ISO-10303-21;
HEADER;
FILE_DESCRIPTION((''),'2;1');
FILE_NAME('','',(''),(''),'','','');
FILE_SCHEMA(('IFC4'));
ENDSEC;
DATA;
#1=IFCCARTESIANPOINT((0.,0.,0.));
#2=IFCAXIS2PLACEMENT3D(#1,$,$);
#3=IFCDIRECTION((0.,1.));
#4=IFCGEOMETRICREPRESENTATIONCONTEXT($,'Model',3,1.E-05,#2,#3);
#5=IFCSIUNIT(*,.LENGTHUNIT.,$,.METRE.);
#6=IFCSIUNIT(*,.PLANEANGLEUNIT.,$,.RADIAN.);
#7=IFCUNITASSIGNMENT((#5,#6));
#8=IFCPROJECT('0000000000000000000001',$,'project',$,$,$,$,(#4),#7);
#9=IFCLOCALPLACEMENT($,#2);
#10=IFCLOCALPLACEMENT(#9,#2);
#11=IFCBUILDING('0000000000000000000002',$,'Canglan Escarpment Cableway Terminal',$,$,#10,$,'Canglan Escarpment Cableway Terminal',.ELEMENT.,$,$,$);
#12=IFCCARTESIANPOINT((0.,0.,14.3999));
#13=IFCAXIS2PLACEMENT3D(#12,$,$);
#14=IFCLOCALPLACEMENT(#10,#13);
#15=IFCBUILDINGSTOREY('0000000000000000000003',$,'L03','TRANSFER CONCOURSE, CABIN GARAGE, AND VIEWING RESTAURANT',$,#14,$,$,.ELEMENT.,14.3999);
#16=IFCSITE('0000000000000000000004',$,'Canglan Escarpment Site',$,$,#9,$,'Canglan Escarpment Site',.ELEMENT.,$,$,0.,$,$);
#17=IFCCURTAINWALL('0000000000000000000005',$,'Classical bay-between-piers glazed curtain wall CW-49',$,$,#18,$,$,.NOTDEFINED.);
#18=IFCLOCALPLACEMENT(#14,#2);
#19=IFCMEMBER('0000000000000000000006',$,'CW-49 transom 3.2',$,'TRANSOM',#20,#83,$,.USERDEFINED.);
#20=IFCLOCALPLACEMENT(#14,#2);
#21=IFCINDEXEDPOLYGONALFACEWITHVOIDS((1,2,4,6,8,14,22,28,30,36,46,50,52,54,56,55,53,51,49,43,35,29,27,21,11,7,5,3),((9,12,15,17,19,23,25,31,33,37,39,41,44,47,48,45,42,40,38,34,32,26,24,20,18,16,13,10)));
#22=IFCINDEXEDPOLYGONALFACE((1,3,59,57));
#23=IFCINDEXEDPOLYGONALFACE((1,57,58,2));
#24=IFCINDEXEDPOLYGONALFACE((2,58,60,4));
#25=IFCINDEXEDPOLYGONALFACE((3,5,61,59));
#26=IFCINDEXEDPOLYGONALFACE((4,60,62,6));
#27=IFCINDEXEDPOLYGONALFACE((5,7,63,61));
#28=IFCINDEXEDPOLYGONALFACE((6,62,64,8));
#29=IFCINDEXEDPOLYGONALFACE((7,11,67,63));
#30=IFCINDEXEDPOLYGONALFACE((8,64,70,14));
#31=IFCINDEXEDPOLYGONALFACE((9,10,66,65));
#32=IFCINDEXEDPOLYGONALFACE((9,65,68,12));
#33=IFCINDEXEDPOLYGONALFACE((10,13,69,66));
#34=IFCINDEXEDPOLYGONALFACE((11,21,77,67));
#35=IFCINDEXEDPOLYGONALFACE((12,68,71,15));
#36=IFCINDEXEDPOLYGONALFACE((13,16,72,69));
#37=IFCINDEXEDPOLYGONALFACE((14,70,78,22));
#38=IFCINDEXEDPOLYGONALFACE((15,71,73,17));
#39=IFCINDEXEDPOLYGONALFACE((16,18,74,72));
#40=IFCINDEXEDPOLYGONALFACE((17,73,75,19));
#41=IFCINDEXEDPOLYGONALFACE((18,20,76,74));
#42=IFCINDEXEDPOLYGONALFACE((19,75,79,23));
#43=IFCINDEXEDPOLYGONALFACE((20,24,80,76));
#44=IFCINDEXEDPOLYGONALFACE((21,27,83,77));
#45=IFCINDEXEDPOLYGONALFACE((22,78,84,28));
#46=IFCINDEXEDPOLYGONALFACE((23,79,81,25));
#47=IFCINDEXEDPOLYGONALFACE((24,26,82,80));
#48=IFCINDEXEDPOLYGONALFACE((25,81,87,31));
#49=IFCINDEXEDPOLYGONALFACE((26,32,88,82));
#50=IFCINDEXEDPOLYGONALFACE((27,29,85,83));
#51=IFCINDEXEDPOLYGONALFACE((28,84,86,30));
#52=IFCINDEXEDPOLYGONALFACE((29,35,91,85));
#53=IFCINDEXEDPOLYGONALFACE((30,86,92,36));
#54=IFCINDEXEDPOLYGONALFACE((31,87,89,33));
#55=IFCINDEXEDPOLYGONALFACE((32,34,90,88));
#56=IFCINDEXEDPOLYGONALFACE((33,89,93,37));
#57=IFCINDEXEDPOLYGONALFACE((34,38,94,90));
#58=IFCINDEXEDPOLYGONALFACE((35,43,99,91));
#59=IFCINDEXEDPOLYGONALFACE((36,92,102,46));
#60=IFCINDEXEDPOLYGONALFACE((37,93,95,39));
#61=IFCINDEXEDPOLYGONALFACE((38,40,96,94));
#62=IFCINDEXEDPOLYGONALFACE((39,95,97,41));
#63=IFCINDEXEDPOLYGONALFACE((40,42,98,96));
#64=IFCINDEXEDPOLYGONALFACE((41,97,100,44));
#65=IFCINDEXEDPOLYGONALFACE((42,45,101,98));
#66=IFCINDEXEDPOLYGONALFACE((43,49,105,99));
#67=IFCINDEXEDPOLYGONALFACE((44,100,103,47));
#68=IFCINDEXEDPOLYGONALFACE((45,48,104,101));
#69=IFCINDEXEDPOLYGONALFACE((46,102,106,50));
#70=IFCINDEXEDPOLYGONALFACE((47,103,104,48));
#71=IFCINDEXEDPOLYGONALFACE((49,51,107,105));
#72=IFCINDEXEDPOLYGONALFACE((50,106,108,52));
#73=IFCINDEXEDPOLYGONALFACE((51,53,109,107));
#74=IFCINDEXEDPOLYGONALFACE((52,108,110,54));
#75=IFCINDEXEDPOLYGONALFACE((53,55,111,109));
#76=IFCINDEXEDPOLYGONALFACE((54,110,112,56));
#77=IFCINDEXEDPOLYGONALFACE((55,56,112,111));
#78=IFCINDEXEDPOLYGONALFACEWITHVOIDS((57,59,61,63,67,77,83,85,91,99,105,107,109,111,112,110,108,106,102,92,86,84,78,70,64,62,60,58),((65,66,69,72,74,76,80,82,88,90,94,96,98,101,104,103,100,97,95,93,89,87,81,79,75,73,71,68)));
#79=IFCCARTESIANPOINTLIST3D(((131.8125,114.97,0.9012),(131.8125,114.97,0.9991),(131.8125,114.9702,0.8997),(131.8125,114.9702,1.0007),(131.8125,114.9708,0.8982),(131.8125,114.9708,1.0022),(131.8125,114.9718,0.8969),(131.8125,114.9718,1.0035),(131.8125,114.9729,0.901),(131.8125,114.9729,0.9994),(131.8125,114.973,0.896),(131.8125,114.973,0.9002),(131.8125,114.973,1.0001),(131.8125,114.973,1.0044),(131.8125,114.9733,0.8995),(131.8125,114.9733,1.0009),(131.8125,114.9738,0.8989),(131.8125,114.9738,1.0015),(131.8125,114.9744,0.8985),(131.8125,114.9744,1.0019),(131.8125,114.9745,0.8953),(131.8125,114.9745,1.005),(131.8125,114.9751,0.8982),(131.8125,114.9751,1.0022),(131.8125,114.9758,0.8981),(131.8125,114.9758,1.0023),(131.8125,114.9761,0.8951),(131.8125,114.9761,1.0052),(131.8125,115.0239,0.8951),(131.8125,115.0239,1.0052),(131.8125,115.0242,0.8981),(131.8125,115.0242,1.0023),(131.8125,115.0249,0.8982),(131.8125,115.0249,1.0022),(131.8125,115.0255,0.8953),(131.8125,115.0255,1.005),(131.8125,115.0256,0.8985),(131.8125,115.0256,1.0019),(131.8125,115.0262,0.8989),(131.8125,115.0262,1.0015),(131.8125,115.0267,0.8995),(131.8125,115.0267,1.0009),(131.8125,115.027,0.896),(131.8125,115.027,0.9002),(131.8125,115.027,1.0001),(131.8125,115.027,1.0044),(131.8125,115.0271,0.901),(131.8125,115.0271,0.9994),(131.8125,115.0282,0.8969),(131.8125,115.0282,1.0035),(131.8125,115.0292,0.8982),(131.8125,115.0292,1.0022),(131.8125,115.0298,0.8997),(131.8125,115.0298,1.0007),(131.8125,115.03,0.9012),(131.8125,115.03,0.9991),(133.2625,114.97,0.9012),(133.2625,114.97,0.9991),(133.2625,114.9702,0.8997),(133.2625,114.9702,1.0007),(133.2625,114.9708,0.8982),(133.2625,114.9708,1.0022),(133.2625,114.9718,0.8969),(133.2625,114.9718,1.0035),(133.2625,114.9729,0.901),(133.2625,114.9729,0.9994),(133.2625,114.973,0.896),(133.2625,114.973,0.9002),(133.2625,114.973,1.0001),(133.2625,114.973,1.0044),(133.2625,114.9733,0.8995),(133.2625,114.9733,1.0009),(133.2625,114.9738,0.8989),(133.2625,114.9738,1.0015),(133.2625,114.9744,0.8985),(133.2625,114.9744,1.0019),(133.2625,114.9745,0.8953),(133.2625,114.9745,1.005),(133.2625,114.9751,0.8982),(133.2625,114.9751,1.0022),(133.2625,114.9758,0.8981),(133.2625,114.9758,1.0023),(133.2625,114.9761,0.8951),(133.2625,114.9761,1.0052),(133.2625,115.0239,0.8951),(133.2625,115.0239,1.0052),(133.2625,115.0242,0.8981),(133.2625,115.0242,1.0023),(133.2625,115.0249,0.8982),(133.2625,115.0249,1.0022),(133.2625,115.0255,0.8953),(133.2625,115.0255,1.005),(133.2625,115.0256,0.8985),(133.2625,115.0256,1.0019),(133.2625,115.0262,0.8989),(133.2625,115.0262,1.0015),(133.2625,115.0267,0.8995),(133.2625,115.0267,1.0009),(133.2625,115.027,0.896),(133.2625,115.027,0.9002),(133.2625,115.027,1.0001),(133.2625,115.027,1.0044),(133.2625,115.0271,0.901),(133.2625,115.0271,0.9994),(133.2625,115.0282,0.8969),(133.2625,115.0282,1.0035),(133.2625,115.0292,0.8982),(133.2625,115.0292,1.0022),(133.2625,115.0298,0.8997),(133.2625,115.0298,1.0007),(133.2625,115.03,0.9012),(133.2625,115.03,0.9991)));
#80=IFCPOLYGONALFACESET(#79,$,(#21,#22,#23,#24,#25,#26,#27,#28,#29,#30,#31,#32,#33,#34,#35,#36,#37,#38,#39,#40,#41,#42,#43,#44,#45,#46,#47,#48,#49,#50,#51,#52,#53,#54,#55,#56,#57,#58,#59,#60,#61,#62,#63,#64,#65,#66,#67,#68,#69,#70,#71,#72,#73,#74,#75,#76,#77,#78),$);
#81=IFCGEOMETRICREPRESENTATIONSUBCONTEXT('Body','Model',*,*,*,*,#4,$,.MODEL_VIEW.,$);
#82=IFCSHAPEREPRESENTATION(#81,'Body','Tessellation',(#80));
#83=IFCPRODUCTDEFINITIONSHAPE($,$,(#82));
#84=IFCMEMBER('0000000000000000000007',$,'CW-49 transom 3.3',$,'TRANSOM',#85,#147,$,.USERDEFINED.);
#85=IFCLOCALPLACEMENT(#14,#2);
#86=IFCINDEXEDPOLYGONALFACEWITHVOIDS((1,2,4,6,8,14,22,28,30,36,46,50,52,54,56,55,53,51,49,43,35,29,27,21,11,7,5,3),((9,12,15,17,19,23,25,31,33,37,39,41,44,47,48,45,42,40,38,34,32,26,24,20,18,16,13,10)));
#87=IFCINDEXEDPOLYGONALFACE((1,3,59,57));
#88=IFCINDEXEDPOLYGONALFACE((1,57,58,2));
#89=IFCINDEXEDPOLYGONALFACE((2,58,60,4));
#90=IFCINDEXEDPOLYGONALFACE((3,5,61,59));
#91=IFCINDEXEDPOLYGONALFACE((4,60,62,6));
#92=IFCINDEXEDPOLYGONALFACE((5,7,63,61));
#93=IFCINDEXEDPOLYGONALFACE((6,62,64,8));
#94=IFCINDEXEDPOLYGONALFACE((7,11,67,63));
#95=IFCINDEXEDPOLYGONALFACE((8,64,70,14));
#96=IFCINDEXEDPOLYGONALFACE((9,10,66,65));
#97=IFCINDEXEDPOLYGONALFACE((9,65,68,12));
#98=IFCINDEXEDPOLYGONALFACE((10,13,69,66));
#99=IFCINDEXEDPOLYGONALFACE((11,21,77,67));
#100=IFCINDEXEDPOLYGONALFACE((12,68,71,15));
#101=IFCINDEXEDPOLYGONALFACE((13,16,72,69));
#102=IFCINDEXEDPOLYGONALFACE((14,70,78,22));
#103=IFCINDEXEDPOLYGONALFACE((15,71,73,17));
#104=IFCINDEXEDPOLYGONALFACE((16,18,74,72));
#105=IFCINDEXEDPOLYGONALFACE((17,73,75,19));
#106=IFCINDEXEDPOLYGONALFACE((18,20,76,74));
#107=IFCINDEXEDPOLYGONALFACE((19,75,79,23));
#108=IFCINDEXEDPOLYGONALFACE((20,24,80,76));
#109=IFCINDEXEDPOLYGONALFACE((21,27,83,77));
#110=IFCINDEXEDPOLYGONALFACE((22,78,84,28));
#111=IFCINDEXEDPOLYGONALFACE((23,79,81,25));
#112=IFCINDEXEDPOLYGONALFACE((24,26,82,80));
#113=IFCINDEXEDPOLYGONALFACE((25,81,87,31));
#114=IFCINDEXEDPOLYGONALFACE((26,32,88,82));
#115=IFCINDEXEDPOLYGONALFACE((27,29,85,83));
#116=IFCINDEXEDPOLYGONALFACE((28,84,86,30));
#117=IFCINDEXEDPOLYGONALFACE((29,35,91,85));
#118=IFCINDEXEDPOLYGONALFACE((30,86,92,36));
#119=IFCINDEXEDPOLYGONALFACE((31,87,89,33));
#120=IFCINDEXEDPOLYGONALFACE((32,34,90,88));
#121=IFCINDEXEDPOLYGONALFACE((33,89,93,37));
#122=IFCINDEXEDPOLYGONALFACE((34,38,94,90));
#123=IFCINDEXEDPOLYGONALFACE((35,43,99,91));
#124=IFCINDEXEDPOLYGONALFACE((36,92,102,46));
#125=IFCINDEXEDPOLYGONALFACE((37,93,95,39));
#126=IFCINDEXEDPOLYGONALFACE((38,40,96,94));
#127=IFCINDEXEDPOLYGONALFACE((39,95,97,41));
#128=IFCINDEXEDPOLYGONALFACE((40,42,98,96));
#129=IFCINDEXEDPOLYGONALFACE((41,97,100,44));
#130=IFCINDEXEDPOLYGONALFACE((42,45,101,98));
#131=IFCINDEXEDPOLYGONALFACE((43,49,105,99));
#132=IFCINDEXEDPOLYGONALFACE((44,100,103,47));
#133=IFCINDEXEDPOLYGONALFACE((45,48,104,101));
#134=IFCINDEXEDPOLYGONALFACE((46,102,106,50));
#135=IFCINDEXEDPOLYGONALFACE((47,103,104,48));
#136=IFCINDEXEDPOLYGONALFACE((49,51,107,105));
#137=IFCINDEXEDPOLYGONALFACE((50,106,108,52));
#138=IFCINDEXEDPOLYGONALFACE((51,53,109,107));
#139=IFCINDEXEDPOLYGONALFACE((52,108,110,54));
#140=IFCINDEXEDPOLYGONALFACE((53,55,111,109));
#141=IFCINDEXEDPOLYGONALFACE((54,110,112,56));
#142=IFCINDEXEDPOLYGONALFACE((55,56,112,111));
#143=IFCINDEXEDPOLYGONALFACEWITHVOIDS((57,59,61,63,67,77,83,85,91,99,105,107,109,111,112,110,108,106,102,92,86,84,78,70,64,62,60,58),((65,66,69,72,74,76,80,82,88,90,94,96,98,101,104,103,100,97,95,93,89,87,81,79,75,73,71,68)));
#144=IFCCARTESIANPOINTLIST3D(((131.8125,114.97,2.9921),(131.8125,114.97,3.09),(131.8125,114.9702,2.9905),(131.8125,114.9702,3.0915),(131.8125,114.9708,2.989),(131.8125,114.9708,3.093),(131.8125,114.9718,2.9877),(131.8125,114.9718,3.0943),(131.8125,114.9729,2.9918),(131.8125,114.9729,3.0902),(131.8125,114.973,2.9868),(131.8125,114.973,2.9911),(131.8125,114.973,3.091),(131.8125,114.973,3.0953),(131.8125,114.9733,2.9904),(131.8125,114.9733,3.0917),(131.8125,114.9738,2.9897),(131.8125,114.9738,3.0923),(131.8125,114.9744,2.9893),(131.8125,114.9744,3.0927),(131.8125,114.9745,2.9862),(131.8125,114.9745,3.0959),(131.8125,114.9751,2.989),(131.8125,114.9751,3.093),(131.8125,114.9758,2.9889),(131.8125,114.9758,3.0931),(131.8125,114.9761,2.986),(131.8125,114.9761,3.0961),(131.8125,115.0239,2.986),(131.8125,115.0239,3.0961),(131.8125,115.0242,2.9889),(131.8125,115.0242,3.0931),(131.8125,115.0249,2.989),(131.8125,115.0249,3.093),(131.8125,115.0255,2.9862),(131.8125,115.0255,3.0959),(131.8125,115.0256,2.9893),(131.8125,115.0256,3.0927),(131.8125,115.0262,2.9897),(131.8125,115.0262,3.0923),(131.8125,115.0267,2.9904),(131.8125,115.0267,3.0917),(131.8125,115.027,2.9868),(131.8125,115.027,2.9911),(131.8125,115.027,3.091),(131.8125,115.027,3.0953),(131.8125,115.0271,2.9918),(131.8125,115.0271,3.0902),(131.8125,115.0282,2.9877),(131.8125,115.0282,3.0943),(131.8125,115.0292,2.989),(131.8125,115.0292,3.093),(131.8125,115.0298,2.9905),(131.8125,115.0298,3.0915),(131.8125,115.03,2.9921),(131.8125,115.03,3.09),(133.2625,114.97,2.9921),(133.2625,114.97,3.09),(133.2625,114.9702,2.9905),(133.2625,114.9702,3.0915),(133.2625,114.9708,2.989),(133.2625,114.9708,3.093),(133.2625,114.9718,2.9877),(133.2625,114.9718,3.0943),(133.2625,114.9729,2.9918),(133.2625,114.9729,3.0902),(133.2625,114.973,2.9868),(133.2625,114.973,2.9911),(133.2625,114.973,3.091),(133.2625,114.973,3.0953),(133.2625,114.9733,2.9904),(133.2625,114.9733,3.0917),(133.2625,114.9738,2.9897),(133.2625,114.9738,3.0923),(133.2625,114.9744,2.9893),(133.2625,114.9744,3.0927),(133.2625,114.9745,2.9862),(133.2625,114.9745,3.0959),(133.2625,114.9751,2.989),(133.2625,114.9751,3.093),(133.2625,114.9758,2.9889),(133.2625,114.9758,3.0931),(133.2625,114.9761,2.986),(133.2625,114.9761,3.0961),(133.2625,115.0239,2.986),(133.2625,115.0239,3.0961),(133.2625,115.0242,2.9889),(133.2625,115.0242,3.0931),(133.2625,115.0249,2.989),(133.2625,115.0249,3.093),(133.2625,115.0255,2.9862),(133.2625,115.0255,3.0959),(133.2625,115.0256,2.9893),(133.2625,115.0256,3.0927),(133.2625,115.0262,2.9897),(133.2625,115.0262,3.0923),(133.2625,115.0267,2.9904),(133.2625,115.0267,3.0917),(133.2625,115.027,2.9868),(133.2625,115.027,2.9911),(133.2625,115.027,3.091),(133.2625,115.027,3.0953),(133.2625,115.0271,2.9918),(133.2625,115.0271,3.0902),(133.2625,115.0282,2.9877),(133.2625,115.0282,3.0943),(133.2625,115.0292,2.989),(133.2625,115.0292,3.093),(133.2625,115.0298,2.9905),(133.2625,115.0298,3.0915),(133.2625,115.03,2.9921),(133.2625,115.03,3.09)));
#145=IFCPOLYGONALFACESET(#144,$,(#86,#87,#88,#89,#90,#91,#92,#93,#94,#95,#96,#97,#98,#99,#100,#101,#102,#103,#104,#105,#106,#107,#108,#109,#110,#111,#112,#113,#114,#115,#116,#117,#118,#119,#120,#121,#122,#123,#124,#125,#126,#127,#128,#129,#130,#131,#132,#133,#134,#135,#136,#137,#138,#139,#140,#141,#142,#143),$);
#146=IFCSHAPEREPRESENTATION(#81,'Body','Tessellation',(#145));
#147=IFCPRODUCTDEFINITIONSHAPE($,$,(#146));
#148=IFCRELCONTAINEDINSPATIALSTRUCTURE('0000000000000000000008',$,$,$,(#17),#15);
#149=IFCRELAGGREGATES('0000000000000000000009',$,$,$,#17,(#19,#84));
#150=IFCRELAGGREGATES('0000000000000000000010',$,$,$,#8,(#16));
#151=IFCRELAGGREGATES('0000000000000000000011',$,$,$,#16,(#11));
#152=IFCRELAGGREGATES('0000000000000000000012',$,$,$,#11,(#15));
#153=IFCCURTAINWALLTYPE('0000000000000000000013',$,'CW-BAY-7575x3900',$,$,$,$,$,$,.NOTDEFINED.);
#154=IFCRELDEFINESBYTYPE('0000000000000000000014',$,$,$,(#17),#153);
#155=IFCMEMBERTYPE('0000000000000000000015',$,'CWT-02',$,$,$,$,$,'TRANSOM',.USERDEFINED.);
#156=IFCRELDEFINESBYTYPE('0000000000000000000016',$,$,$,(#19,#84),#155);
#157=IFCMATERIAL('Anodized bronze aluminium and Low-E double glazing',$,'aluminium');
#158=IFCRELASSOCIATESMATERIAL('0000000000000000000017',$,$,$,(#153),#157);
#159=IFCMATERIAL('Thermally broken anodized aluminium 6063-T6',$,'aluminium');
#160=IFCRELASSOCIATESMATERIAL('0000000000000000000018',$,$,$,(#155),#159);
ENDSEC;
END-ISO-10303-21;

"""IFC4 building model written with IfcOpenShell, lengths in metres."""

from ifc_helpers import new_model, si_unit, direction, frame, origin, origin_2d, place, context, subcontext, project, spatial, hollow_rectangle, extrude, material, material_profile, profile_set, type_object, element, aggregate, save


model = new_model("IFC4")

# Units and contexts
model_context = context("Model", 3, precision=1e-05, world=origin(), true_north=direction((0.0, 1.0)))
body_context = subcontext(model_context, "Body", "Model", "MODEL_VIEW")
ifc_project = project(units=[si_unit("LENGTHUNIT", "METRE"), si_unit("PLANEANGLEUNIT", "RADIAN")], contexts=[model_context])

# Site, building, storey
site_placement = place(None, origin())
site = spatial("IfcSite", under=ifc_project, at=site_placement, Name="Canglan Escarpment Site", LongName="Canglan Escarpment Site", CompositionType="ELEMENT", RefElevation=0.0)
building_placement = place(site_placement, origin())
building = spatial("IfcBuilding", under=site, at=building_placement, Name="Canglan Escarpment Cableway Terminal", LongName="Canglan Escarpment Cableway Terminal", CompositionType="ELEMENT")
storey_placement = place(building_placement, frame((0.0, 0.0, 14.3999)))
storey = spatial("IfcBuildingStorey", under=building, at=storey_placement, Name="L03", Description="TRANSFER CONCOURSE, CABIN GARAGE, AND VIEWING RESTAURANT", CompositionType="ELEMENT", Elevation=14.3999)

# Curtain wall, members
ifc_material_1 = material(Name="Anodized bronze aluminium and Low-E double glazing", Category="aluminium")
curtain_wall_type = type_object("IfcCurtainWallType", Name="CW-BAY-7575x3900", PredefinedType="NOTDEFINED", material=ifc_material_1)
curtain_wall_placement = place(storey_placement, origin())
curtain_wall = element("IfcCurtainWall", 1, at=curtain_wall_placement, inside=storey, type_object=curtain_wall_type, Name="Classical bay-between-piers glazed curtain wall CW-49", PredefinedType="NOTDEFINED")
ifc_material_2 = material(Name="Thermally broken anodized aluminium 6063-T6", Category="aluminium")
ifc_material_profile_1 = material_profile(ifc_material_2, hollow_rectangle(XDim=0.0601, YDim=0.1101, WallThickness=0.0029, InnerFilletRadius=0.0029, OuterFilletRadius=0.0061, at=origin_2d()), Name="ALU-TRAN 60x110x3")
ifc_profile_set_1 = profile_set([ifc_material_profile_1], Name="Thermally broken anodized aluminium 6063-T6")
member_type_1 = type_object("IfcMemberType", Name="CWT-02", ElementType="TRANSOM", PredefinedType="USERDEFINED", material=ifc_profile_set_1)
member_1_placement = place(storey_placement, frame((133.2625, 115.0, 0.9502), z_axis=(-1.0, 0.0, 0.0), x_axis=(0.0, -1.0, 0.0)))
member_1 = element("IfcMember", 2, at=member_1_placement, type_object=member_type_1, Name="CW-49 transom 3.2", ObjectType="TRANSOM", PredefinedType="USERDEFINED", context=body_context, shape_type="SweptSolid", body=[
    extrude(hollow_rectangle(XDim=0.0601, YDim=0.1101, WallThickness=0.0029, InnerFilletRadius=0.0029, OuterFilletRadius=0.0061, at=origin_2d()), origin(), (0.0, 0.0, 1.0), 1.45),
])
member_2_placement = place(storey_placement, frame((133.2625, 115.0, 3.041), z_axis=(-1.0, 0.0, 0.0), x_axis=(0.0, -1.0, 0.0)))
member_2 = element("IfcMember", 3, at=member_2_placement, type_object=member_type_1, Name="CW-49 transom 3.3", ObjectType="TRANSOM", PredefinedType="USERDEFINED", context=body_context, shape_type="SweptSolid", body=[
    extrude(hollow_rectangle(XDim=0.0601, YDim=0.1101, WallThickness=0.0029, InnerFilletRadius=0.0029, OuterFilletRadius=0.0061, at=origin_2d()), origin(), (0.0, 0.0, 1.0), 1.45),
])
aggregate(curtain_wall, [member_1, member_2])

save(model, "model.ifc")
